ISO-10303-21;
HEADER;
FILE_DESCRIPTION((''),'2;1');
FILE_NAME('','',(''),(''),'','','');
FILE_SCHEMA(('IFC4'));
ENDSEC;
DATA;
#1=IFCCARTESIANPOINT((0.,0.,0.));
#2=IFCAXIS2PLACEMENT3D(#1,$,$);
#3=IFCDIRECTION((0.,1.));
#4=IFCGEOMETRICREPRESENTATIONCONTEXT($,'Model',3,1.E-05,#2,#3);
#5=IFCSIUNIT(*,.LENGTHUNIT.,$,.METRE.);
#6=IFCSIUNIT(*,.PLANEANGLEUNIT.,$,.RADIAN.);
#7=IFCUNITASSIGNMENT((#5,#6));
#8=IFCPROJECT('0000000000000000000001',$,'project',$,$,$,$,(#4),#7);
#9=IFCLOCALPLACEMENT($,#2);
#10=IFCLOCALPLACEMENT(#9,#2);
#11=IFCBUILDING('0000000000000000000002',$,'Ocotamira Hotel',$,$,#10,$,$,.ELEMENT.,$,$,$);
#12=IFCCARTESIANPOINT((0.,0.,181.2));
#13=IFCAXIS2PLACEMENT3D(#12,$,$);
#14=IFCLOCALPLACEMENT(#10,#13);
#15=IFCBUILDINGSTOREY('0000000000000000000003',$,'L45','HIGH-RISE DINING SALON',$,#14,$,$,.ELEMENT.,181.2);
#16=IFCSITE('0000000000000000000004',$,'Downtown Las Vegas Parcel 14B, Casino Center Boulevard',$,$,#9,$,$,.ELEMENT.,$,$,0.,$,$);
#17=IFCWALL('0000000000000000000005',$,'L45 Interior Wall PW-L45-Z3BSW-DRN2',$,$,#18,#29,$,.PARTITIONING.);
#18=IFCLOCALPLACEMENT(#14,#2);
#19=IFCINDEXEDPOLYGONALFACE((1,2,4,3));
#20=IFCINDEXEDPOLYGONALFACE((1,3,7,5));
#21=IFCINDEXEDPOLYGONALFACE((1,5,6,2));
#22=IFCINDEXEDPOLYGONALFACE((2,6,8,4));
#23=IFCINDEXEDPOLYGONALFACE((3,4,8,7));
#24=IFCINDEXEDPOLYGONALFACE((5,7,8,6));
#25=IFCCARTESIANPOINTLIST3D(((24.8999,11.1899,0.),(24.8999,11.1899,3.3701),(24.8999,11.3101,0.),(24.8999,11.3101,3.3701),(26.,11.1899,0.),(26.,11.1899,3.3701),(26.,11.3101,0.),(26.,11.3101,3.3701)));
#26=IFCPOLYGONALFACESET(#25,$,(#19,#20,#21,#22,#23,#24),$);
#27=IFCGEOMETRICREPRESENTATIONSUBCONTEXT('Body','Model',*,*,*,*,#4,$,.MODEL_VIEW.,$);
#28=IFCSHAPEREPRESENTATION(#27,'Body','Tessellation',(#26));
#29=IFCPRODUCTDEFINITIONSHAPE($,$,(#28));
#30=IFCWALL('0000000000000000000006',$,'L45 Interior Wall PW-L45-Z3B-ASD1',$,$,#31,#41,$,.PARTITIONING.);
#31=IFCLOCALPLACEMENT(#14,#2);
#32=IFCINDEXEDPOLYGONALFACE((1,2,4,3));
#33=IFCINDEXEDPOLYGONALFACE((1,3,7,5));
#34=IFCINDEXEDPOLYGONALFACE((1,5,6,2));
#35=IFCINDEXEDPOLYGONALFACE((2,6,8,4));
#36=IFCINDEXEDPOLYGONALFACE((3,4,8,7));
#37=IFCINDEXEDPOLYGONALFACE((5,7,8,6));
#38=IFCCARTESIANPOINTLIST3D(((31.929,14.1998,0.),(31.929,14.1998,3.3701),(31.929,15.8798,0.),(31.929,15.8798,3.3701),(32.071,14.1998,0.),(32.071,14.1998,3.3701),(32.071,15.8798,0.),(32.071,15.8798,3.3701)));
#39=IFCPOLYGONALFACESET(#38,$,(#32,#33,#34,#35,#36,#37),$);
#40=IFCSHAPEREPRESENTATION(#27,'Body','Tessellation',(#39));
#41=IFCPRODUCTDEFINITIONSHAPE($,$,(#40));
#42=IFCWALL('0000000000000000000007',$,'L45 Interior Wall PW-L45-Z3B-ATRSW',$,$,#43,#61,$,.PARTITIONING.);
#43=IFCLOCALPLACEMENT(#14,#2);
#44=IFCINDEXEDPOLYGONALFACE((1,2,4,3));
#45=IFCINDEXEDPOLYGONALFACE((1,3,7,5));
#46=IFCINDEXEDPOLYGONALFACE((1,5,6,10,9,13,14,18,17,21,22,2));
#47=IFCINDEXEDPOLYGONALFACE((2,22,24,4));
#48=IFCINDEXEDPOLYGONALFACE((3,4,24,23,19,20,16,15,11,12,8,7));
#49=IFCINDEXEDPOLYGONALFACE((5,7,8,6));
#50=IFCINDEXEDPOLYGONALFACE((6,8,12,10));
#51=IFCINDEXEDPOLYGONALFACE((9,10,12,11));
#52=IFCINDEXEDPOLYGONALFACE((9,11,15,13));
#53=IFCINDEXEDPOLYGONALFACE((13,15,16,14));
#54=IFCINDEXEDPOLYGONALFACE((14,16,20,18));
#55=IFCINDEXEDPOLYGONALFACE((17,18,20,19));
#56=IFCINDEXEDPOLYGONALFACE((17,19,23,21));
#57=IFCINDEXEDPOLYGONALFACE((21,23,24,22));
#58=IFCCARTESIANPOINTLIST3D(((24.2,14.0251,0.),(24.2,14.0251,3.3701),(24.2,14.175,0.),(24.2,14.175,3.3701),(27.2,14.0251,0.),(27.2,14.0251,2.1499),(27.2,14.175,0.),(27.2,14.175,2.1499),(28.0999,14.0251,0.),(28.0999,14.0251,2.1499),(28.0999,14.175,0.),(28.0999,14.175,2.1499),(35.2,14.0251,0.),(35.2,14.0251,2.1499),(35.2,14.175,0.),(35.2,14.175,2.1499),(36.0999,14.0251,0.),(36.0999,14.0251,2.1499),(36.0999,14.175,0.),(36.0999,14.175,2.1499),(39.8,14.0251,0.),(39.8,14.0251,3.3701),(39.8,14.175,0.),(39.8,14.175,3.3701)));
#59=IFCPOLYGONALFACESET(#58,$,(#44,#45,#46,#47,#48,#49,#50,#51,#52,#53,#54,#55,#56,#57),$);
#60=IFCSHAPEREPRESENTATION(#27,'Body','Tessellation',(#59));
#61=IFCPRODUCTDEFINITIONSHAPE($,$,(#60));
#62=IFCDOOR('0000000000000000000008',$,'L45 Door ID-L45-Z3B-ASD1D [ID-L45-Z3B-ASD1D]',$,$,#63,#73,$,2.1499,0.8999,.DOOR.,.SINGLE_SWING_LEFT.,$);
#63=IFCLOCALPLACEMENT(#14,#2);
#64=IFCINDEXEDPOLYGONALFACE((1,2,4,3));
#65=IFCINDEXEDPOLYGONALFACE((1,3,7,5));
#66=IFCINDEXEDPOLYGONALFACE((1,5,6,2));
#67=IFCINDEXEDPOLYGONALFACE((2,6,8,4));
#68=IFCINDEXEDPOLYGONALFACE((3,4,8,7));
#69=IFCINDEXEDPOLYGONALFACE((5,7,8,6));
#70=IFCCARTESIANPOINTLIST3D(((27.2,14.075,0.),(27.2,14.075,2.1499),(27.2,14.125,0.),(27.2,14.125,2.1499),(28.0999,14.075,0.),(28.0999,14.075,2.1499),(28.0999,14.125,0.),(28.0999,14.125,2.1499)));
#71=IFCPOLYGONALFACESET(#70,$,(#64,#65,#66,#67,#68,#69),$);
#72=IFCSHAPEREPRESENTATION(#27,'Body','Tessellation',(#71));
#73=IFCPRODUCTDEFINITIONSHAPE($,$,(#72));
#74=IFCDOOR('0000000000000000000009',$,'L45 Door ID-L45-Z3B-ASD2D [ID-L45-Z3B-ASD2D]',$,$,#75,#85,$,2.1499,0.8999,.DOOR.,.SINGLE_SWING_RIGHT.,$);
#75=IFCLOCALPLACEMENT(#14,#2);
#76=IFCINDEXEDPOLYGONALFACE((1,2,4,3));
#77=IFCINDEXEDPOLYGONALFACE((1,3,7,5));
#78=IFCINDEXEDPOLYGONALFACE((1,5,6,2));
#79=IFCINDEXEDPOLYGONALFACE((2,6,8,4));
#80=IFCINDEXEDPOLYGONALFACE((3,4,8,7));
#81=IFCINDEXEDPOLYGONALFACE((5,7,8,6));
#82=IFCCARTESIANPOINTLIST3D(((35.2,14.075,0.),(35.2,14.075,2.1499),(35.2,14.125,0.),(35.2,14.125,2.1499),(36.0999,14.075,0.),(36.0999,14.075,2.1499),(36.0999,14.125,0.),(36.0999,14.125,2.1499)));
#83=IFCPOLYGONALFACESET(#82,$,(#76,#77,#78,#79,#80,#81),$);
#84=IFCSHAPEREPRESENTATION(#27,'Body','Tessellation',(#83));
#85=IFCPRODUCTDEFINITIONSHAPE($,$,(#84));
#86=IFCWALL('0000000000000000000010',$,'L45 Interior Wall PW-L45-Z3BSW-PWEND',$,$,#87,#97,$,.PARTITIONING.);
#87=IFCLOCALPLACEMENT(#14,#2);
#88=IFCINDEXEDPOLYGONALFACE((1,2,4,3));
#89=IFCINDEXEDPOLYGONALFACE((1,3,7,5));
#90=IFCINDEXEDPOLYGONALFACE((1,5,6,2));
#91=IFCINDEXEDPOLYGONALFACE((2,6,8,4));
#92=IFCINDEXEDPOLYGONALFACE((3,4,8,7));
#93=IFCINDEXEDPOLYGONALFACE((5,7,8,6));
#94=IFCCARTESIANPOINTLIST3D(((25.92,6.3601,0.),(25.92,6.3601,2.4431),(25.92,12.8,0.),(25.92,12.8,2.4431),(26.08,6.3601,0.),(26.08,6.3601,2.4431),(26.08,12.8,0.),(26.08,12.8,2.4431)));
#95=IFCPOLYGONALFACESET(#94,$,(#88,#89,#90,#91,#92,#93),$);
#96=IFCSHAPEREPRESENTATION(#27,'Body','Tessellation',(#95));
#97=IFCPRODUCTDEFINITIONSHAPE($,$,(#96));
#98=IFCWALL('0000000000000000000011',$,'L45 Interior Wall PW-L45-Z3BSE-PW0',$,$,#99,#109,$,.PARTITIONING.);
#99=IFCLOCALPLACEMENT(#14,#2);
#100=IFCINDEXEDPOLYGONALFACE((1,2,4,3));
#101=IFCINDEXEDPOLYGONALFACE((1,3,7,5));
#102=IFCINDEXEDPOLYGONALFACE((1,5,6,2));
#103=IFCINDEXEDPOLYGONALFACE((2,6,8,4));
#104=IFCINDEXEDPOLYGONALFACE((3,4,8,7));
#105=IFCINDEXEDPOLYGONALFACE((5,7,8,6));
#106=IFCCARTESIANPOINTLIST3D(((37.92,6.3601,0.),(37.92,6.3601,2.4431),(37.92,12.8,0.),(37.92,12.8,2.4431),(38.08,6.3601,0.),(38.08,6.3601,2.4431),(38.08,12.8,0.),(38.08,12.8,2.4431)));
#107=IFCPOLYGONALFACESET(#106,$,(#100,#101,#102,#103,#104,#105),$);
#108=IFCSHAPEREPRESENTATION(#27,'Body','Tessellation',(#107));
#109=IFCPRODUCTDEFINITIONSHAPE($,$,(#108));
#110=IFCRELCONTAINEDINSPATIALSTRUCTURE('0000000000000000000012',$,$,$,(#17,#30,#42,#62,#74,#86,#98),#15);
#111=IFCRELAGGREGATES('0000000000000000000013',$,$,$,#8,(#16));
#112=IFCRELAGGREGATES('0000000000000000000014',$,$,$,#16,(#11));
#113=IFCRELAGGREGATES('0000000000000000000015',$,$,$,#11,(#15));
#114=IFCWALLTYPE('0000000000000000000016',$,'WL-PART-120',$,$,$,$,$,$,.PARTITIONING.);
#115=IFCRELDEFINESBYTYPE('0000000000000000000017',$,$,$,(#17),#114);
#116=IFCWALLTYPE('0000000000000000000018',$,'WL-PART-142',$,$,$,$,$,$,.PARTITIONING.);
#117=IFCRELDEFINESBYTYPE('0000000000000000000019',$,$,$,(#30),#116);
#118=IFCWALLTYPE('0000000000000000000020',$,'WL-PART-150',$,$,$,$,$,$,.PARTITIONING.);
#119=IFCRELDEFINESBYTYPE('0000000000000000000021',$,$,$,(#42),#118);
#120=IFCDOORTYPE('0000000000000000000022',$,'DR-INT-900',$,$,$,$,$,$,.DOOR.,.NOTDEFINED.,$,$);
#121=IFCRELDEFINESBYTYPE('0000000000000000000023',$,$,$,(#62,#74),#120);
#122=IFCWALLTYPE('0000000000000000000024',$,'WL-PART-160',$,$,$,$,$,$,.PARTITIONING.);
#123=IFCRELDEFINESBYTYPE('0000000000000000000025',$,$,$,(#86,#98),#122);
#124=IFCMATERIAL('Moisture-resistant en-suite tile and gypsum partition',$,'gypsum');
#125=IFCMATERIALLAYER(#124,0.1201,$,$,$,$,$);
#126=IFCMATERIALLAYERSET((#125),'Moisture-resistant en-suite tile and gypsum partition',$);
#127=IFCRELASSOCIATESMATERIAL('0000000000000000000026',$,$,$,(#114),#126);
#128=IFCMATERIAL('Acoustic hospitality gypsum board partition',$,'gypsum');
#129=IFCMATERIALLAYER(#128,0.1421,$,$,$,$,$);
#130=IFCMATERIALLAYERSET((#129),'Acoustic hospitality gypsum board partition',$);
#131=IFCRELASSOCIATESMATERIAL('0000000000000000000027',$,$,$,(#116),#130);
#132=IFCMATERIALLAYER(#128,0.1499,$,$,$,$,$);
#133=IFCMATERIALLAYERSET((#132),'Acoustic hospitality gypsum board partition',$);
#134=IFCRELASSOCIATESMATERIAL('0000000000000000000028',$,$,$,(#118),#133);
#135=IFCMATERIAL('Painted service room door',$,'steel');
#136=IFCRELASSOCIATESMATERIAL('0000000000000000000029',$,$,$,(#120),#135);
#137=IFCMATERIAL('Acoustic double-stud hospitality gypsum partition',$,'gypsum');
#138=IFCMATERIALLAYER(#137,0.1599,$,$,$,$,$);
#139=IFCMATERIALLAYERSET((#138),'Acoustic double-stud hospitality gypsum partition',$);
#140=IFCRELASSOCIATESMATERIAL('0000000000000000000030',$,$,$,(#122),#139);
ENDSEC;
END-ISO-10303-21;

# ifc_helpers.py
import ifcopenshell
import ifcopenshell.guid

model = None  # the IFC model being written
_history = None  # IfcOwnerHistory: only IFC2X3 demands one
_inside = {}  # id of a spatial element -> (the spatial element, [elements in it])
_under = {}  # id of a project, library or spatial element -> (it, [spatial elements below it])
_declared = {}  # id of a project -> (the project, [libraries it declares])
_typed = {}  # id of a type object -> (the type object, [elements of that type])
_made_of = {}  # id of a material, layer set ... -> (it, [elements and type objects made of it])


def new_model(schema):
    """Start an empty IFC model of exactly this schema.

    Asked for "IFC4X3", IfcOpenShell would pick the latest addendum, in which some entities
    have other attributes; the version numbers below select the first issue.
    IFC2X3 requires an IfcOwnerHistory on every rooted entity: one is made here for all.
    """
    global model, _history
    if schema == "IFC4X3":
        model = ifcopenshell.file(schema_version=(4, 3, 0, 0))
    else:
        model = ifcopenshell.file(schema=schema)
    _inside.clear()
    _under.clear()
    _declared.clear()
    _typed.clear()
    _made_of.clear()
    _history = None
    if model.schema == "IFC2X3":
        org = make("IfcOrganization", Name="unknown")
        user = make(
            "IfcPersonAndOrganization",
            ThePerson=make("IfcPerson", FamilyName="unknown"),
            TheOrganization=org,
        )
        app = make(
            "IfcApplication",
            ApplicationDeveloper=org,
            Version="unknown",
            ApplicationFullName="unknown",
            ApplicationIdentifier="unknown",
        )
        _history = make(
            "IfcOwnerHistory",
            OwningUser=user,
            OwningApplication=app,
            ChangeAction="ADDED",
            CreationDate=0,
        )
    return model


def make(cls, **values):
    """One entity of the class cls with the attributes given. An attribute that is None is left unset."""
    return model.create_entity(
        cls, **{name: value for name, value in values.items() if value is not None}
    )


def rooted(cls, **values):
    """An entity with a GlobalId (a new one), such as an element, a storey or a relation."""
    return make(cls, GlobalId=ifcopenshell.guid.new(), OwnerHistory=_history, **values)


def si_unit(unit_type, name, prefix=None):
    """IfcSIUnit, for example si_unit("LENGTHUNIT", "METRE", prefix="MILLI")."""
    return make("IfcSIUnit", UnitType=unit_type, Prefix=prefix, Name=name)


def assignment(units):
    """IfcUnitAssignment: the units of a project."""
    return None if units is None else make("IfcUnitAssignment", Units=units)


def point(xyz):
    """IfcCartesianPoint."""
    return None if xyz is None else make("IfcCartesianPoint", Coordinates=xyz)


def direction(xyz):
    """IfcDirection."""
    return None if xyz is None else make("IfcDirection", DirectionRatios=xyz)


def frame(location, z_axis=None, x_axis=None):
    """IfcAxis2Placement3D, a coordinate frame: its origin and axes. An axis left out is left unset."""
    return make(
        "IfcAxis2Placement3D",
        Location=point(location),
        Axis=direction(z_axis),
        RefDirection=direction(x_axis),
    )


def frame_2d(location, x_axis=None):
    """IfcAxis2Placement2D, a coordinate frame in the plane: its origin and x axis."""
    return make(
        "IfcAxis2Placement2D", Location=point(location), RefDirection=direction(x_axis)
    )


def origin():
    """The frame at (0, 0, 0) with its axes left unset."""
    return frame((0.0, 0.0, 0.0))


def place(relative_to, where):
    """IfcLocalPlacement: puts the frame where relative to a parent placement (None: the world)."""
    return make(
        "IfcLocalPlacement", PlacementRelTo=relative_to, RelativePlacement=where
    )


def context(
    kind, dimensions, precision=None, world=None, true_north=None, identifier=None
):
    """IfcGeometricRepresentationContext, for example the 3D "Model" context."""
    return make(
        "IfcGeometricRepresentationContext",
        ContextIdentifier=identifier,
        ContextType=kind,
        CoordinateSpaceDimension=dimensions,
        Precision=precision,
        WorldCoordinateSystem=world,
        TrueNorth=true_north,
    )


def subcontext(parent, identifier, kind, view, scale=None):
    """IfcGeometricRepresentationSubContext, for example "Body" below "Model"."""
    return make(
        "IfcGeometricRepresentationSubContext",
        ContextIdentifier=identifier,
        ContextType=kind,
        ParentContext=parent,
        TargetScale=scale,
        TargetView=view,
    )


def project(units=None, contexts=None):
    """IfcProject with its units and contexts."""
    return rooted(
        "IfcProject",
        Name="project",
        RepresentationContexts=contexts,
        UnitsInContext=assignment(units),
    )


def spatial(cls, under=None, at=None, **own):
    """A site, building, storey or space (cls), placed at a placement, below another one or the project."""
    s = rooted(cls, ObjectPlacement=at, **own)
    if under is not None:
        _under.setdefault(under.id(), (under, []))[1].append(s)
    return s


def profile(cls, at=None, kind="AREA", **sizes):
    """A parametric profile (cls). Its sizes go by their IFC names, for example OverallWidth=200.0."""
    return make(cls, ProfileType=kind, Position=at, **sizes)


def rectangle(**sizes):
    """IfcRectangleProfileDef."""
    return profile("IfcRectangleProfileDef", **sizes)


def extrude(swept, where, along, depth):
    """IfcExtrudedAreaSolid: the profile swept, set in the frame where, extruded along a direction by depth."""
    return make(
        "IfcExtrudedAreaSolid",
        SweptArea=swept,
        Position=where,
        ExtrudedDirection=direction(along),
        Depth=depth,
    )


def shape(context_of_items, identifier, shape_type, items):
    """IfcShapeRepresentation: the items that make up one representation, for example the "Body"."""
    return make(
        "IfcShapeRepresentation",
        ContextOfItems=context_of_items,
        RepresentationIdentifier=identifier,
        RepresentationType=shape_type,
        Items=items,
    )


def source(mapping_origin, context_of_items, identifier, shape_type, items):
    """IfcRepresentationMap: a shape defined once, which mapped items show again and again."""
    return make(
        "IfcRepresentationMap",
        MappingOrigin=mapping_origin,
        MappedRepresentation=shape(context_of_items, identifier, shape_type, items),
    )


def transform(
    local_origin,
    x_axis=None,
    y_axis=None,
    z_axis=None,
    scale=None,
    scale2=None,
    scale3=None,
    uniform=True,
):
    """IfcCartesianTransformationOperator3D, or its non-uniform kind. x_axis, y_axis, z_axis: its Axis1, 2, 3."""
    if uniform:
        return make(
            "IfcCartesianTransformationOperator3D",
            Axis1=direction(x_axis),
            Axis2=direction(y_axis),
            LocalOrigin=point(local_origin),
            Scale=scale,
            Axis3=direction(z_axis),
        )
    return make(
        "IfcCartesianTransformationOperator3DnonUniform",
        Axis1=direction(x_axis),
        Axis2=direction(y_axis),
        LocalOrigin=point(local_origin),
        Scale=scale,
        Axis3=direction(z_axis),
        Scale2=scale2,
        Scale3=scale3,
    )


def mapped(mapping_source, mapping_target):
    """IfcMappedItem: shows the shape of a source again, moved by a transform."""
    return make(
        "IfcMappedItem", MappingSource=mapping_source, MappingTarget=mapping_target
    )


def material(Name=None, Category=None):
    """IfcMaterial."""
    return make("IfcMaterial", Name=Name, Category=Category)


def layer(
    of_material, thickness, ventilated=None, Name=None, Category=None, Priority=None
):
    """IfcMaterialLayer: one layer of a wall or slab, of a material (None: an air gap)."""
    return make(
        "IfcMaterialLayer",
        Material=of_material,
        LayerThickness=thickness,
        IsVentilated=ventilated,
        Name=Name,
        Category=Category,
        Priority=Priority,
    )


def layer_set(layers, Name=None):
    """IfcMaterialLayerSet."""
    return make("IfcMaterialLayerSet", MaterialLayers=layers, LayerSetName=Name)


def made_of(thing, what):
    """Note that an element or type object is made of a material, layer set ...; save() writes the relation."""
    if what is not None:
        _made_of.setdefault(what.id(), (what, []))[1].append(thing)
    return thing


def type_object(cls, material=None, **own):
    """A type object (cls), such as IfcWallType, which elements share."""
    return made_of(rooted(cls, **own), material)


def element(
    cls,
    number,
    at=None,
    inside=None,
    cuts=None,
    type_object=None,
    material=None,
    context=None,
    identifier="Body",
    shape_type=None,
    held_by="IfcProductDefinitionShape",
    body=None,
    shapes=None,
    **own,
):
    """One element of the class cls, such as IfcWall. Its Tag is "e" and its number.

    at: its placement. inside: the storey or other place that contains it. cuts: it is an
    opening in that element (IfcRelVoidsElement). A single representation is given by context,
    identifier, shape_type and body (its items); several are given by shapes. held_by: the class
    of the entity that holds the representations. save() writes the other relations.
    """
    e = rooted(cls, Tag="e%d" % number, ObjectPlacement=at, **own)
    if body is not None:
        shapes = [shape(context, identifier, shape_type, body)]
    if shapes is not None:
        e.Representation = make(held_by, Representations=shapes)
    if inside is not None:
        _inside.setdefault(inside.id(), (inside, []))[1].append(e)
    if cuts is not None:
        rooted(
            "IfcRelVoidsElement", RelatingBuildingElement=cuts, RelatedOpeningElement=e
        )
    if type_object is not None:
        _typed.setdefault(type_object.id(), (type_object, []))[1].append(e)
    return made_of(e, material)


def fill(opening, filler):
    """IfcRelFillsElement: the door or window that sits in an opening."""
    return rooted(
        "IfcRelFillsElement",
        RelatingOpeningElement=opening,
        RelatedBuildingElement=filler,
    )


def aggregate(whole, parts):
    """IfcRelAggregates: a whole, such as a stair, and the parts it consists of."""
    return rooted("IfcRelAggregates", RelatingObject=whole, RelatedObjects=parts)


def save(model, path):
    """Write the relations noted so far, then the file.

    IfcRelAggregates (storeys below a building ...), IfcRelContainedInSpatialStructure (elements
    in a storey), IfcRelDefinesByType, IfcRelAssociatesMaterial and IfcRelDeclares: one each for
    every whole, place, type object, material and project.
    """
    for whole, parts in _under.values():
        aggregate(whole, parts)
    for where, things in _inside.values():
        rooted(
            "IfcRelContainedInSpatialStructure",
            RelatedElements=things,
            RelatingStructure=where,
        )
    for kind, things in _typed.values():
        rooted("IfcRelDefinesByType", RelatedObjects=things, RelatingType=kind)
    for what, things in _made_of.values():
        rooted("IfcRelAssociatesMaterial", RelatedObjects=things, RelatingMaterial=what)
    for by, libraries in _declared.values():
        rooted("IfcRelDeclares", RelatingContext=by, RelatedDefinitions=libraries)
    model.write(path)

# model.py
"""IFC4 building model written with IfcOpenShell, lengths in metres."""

from ifc_helpers import new_model, si_unit, direction, frame, frame_2d, origin, place, context, subcontext, project, spatial, rectangle, extrude, source, transform, mapped, material, layer, layer_set, type_object, element, fill, save


model = new_model("IFC4")

# Units and contexts
model_context = context("Model", 3, precision=1e-05, world=origin(), true_north=direction((0.0, 1.0)))
body_context = subcontext(model_context, "Body", "Model", "MODEL_VIEW")
ifc_project = project(units=[si_unit("LENGTHUNIT", "METRE"), si_unit("PLANEANGLEUNIT", "RADIAN")], contexts=[model_context])

# Site, building, storey
site_placement = place(None, origin())
site = spatial("IfcSite", under=ifc_project, at=site_placement, Name="Downtown Las Vegas Parcel 14B, Casino Center Boulevard", CompositionType="ELEMENT", RefElevation=0.0)
building_placement = place(site_placement, origin())
building = spatial("IfcBuilding", under=site, at=building_placement, Name="Ocotamira Hotel", CompositionType="ELEMENT")
storey_placement = place(building_placement, frame((0.0, 0.0, 181.2)))
storey = spatial("IfcBuildingStorey", under=building, at=storey_placement, Name="L45", Description="HIGH-RISE DINING SALON", CompositionType="ELEMENT", Elevation=181.2)

# Walls
ifc_material_1 = material(Name="Moisture-resistant en-suite tile and gypsum partition", Category="gypsum")
ifc_layer_1 = layer(ifc_material_1, 0.1201)
ifc_layer_set_1 = layer_set([ifc_layer_1], Name="Moisture-resistant en-suite tile and gypsum partition")
wall_type_1 = type_object("IfcWallType", Name="WL-PART-120", PredefinedType="PARTITIONING", material=ifc_layer_set_1)
wall_1_placement = place(storey_placement, frame((24.8999, 11.25, 0.0), z_axis=(0.0, 0.0, 1.0), x_axis=(1.0, 0.0, 0.0)))
element("IfcWall", 1, at=wall_1_placement, inside=storey, type_object=wall_type_1, Name="L45 Interior Wall PW-L45-Z3BSW-DRN2", PredefinedType="PARTITIONING", context=body_context, shape_type="SweptSolid", body=[
    extrude(rectangle(XDim=1.1001, YDim=0.1201, at=frame_2d((0.55, 0.0))), origin(), (0.0, 0.0, 1.0), 3.3701),
])
ifc_material_2 = material(Name="Acoustic hospitality gypsum board partition", Category="gypsum")
ifc_layer_2 = layer(ifc_material_2, 0.1421)
ifc_layer_set_2 = layer_set([ifc_layer_2], Name="Acoustic hospitality gypsum board partition")
wall_type_2 = type_object("IfcWallType", Name="WL-PART-142", PredefinedType="PARTITIONING", material=ifc_layer_set_2)
wall_2_placement = place(storey_placement, frame((32.0, 14.2, 0.0), z_axis=(0.0, 0.0, 1.0), x_axis=(0.0, 1.0, 0.0)))
element("IfcWall", 2, at=wall_2_placement, inside=storey, type_object=wall_type_2, Name="L45 Interior Wall PW-L45-Z3B-ASD1", PredefinedType="PARTITIONING", context=body_context, shape_type="SweptSolid", body=[
    extrude(rectangle(XDim=1.6799, YDim=0.1421, at=frame_2d((0.8398, 0.0))), origin(), (0.0, 0.0, 1.0), 3.3701),
])

# Wall, openings, doors
ifc_layer_3 = layer(ifc_material_2, 0.1499)
ifc_layer_set_3 = layer_set([ifc_layer_3], Name="Acoustic hospitality gypsum board partition")
wall_type_3 = type_object("IfcWallType", Name="WL-PART-150", PredefinedType="PARTITIONING", material=ifc_layer_set_3)
wall_3_placement = place(storey_placement, frame((24.2, 14.1001, 0.0), z_axis=(0.0, 0.0, 1.0), x_axis=(1.0, 0.0, 0.0)))
wall_3 = element("IfcWall", 3, at=wall_3_placement, inside=storey, type_object=wall_type_3, Name="L45 Interior Wall PW-L45-Z3B-ATRSW", PredefinedType="PARTITIONING", context=body_context, shape_type="SweptSolid", body=[
    extrude(rectangle(XDim=15.6001, YDim=0.1499, at=frame_2d((7.8, 0.0))), origin(), (0.0, 0.0, 1.0), 3.3701),
])
opening_1_placement = place(wall_3_placement, frame((3.0, 0.0, 0.0)))
opening_1 = element("IfcOpeningElement", 4, at=opening_1_placement, cuts=wall_3, PredefinedType="OPENING", context=body_context, shape_type="SweptSolid", body=[
    extrude(rectangle(XDim=0.8999, YDim=2.1499, at=frame_2d((0.45, 1.075))), frame((0.0, 0.085, 0.0), z_axis=(0.0, -1.0, 0.0), x_axis=(1.0, 0.0, 0.0)), (0.0, 0.0, 1.0), 0.1699),
])
opening_2_placement = place(wall_3_placement, frame((11.0, 0.0, 0.0)))
opening_2 = element("IfcOpeningElement", 5, at=opening_2_placement, cuts=wall_3, PredefinedType="OPENING", context=body_context, shape_type="SweptSolid", body=[
    extrude(rectangle(XDim=0.8999, YDim=2.1499, at=frame_2d((0.45, 1.075))), frame((0.0, 0.085, 0.0), z_axis=(0.0, -1.0, 0.0), x_axis=(1.0, 0.0, 0.0)), (0.0, 0.0, 1.0), 0.1699),
])
ifc_material_3 = material(Name="Painted service room door", Category="steel")
door_type_1 = type_object("IfcDoorType", Name="DR-INT-900", OperationType="NOTDEFINED", PredefinedType="DOOR", material=ifc_material_3)
shared_shape_1 = source(origin(), body_context, "Body", "SweptSolid", [
    extrude(rectangle(XDim=0.8999, YDim=2.1499, at=frame_2d((0.45, 1.075))), frame((0.0, 0.0249, 0.0), z_axis=(0.0, -1.0, 0.0), x_axis=(1.0, 0.0, 0.0)), (0.0, 0.0, 1.0), 0.05),
])
door_1_placement = place(opening_1_placement, origin())
door_1 = element("IfcDoor", 6, at=door_1_placement, inside=storey, type_object=door_type_1, Name="L45 Door ID-L45-Z3B-ASD1D [ID-L45-Z3B-ASD1D]", OperationType="SINGLE_SWING_LEFT", OverallHeight=2.1499, OverallWidth=0.8999, PredefinedType="DOOR", context=body_context, shape_type="MappedRepresentation", body=[
    mapped(shared_shape_1, transform((0.0, 0.0, 0.0), scale=1.0)),
])
fill(opening_1, door_1)
door_2_placement = place(opening_2_placement, origin())
door_2 = element("IfcDoor", 7, at=door_2_placement, inside=storey, type_object=door_type_1, Name="L45 Door ID-L45-Z3B-ASD2D [ID-L45-Z3B-ASD2D]", OperationType="SINGLE_SWING_RIGHT", OverallHeight=2.1499, OverallWidth=0.8999, PredefinedType="DOOR", context=body_context, shape_type="MappedRepresentation", body=[
    mapped(shared_shape_1, transform((0.0, 0.0, 0.0), scale=1.0)),
])
fill(opening_2, door_2)

# Walls
ifc_material_4 = material(Name="Acoustic double-stud hospitality gypsum partition", Category="gypsum")
ifc_layer_4 = layer(ifc_material_4, 0.1599)
ifc_layer_set_4 = layer_set([ifc_layer_4], Name="Acoustic double-stud hospitality gypsum partition")
wall_type_4 = type_object("IfcWallType", Name="WL-PART-160", PredefinedType="PARTITIONING", material=ifc_layer_set_4)
for number, where, z_axis, x_axis, name in (
    (8, (26.0, 6.3601, 0.0), (0.0, 0.0, 1.0), (0.0, 1.0, 0.0), "L45 Interior Wall PW-L45-Z3BSW-PWEND"),
    (9, (38.0, 6.3601, 0.0), (0.0, 0.0, 1.0), (0.0, 1.0, 0.0), "L45 Interior Wall PW-L45-Z3BSE-PW0"),
):
    element("IfcWall", number, at=place(storey_placement, frame(where, z_axis=z_axis, x_axis=x_axis)), inside=storey, type_object=wall_type_4, Name=name, PredefinedType="PARTITIONING", context=body_context, shape_type="SweptSolid", body=[
        extrude(rectangle(XDim=6.4399, YDim=0.1599, at=frame_2d((3.22, 0.0))), origin(), (0.0, 0.0, 1.0), 2.4431),
    ])

save(model, "model.ifc")
